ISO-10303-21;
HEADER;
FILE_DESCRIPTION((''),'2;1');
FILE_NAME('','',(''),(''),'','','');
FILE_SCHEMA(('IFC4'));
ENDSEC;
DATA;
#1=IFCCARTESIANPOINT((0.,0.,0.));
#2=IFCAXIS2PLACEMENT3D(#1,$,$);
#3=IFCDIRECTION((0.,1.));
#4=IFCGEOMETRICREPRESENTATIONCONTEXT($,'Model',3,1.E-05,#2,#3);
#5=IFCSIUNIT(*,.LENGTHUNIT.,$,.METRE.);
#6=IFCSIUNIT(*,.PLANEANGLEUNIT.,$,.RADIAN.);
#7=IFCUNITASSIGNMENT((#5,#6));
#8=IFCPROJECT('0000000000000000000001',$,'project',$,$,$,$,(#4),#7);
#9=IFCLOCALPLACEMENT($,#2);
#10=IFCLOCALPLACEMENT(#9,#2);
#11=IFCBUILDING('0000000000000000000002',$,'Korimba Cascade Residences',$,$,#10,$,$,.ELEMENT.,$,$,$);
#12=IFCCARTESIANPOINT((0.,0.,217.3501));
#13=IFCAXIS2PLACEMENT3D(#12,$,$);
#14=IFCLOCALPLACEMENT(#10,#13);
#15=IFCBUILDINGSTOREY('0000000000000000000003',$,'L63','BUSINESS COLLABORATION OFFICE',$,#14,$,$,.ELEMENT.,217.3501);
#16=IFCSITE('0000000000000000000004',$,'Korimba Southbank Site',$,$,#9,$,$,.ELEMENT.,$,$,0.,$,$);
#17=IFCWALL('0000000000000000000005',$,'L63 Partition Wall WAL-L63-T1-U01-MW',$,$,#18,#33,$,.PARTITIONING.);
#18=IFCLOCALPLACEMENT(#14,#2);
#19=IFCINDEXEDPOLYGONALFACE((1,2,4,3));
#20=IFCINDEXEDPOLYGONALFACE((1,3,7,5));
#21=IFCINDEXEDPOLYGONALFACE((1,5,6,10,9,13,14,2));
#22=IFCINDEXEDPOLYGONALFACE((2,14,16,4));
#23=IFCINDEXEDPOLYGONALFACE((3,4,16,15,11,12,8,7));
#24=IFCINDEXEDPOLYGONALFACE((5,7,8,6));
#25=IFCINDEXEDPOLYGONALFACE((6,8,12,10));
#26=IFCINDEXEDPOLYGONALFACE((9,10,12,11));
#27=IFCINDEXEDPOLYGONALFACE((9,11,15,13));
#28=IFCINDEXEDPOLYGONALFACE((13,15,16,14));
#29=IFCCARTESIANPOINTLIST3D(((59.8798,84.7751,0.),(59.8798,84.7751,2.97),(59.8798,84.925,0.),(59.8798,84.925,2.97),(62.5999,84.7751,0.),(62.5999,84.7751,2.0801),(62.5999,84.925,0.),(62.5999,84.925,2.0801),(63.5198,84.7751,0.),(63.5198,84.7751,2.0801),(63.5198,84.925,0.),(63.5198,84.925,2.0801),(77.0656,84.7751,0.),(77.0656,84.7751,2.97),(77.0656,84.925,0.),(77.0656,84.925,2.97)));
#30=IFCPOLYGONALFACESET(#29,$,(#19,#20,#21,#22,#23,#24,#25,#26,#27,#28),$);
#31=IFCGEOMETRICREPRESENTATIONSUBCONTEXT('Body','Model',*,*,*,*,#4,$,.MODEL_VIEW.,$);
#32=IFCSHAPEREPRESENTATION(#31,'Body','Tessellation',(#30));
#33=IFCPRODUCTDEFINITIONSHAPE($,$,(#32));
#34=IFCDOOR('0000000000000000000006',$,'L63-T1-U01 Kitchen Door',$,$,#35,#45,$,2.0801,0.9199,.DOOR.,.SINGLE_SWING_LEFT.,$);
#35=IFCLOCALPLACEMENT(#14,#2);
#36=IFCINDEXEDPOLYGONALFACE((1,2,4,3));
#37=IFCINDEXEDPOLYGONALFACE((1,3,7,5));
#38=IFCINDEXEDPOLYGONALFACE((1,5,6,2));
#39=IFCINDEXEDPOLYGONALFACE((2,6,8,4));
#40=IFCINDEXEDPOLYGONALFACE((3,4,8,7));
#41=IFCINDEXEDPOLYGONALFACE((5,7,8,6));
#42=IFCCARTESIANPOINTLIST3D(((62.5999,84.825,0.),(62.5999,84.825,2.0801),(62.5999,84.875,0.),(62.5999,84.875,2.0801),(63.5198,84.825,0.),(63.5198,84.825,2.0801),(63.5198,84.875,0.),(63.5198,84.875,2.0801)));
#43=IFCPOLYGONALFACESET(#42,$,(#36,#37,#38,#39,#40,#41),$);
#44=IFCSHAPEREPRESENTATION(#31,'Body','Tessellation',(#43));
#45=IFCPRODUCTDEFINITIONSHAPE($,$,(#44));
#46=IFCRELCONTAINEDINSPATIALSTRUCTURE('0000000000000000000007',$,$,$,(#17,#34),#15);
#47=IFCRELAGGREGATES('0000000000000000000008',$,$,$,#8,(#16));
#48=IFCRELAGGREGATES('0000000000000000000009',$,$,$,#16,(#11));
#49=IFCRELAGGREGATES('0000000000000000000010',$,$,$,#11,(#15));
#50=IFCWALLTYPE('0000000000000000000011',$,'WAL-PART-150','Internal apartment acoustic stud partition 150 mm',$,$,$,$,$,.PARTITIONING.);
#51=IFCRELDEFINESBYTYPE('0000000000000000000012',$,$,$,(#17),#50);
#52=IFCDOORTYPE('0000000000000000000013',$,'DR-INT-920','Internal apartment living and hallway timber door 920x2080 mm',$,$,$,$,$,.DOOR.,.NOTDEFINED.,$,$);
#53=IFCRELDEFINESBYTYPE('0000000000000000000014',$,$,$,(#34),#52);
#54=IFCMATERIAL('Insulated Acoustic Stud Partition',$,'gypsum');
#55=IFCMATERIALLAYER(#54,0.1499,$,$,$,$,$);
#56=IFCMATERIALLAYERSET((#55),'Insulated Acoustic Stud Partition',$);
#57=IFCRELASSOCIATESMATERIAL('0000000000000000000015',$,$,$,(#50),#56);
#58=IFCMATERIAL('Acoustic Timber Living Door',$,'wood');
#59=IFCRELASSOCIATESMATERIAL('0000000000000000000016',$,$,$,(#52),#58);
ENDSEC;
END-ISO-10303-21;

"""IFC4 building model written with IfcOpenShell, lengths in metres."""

from ifc_helpers import new_model, si_unit, direction, frame, frame_2d, origin, place, context, subcontext, project, spatial, rectangle, extrude, material, layer, layer_set, type_object, element, fill, save


model = new_model("IFC4")

# Units and contexts
model_context = context("Model", 3, precision=1e-05, world=origin(), true_north=direction((0.0, 1.0)))
body_context = subcontext(model_context, "Body", "Model", "MODEL_VIEW")
ifc_project = project(units=[si_unit("LENGTHUNIT", "METRE"), si_unit("PLANEANGLEUNIT", "RADIAN")], contexts=[model_context])

# Site, building, storey
site_placement = place(None, origin())
site = spatial("IfcSite", under=ifc_project, at=site_placement, Name="Korimba Southbank Site", CompositionType="ELEMENT", RefElevation=0.0)
building_placement = place(site_placement, origin())
building = spatial("IfcBuilding", under=site, at=building_placement, Name="Korimba Cascade Residences", CompositionType="ELEMENT")
storey_placement = place(building_placement, frame((0.0, 0.0, 217.3501)))
storey = spatial("IfcBuildingStorey", under=building, at=storey_placement, Name="L63", Description="BUSINESS COLLABORATION OFFICE", CompositionType="ELEMENT", Elevation=217.3501)

# Wall, opening, door
ifc_material_1 = material(Name="Insulated Acoustic Stud Partition", Category="gypsum")
ifc_layer_1 = layer(ifc_material_1, 0.1499)
ifc_layer_set_1 = layer_set([ifc_layer_1], Name="Insulated Acoustic Stud Partition")
wall_type_1 = type_object("IfcWallType", Name="WAL-PART-150", Description="Internal apartment acoustic stud partition 150 mm", PredefinedType="PARTITIONING", material=ifc_layer_set_1)
wall_1_placement = place(storey_placement, frame((59.8799, 84.8501, 0.0), z_axis=(0.0, 0.0, 1.0), x_axis=(1.0, 0.0, 0.0)))
wall_1 = element("IfcWall", 1, at=wall_1_placement, inside=storey, type_object=wall_type_1, Name="L63 Partition Wall WAL-L63-T1-U01-MW", PredefinedType="PARTITIONING", context=body_context, shape_type="SweptSolid", body=[
    extrude(rectangle(XDim=17.1858, YDim=0.1499, at=frame_2d((8.5928, 0.0))), origin(), (0.0, 0.0, 1.0), 2.97),
])
opening_1_placement = place(wall_1_placement, frame((2.72, 0.0, 0.0)))
opening_1 = element("IfcOpeningElement", 2, at=opening_1_placement, cuts=wall_1, PredefinedType="OPENING", context=body_context, shape_type="SweptSolid", body=[
    extrude(rectangle(XDim=0.9199, YDim=2.0801, at=frame_2d((0.46, 1.04))), frame((0.0, 0.085, 0.0), z_axis=(0.0, -1.0, 0.0), x_axis=(1.0, 0.0, 0.0)), (0.0, 0.0, 1.0), 0.1699),
])
ifc_material_2 = material(Name="Acoustic Timber Living Door", Category="wood")
door_type_1 = type_object("IfcDoorType", Name="DR-INT-920", Description="Internal apartment living and hallway timber door 920x2080 mm", OperationType="NOTDEFINED", PredefinedType="DOOR", material=ifc_material_2)
door_1_placement = place(opening_1_placement, origin())
door_1 = element("IfcDoor", 3, at=door_1_placement, inside=storey, type_object=door_type_1, Name="L63-T1-U01 Kitchen Door", OperationType="SINGLE_SWING_LEFT", OverallHeight=2.0801, OverallWidth=0.9199, PredefinedType="DOOR", context=body_context, shape_type="SweptSolid", body=[
    extrude(rectangle(XDim=0.9199, YDim=2.0801, at=frame_2d((0.46, 1.04))), frame((0.0, 0.0249, 0.0), z_axis=(0.0, -1.0, 0.0), x_axis=(1.0, 0.0, 0.0)), (0.0, 0.0, 1.0), 0.05),
])
fill(opening_1, door_1)

save(model, "model.ifc")
